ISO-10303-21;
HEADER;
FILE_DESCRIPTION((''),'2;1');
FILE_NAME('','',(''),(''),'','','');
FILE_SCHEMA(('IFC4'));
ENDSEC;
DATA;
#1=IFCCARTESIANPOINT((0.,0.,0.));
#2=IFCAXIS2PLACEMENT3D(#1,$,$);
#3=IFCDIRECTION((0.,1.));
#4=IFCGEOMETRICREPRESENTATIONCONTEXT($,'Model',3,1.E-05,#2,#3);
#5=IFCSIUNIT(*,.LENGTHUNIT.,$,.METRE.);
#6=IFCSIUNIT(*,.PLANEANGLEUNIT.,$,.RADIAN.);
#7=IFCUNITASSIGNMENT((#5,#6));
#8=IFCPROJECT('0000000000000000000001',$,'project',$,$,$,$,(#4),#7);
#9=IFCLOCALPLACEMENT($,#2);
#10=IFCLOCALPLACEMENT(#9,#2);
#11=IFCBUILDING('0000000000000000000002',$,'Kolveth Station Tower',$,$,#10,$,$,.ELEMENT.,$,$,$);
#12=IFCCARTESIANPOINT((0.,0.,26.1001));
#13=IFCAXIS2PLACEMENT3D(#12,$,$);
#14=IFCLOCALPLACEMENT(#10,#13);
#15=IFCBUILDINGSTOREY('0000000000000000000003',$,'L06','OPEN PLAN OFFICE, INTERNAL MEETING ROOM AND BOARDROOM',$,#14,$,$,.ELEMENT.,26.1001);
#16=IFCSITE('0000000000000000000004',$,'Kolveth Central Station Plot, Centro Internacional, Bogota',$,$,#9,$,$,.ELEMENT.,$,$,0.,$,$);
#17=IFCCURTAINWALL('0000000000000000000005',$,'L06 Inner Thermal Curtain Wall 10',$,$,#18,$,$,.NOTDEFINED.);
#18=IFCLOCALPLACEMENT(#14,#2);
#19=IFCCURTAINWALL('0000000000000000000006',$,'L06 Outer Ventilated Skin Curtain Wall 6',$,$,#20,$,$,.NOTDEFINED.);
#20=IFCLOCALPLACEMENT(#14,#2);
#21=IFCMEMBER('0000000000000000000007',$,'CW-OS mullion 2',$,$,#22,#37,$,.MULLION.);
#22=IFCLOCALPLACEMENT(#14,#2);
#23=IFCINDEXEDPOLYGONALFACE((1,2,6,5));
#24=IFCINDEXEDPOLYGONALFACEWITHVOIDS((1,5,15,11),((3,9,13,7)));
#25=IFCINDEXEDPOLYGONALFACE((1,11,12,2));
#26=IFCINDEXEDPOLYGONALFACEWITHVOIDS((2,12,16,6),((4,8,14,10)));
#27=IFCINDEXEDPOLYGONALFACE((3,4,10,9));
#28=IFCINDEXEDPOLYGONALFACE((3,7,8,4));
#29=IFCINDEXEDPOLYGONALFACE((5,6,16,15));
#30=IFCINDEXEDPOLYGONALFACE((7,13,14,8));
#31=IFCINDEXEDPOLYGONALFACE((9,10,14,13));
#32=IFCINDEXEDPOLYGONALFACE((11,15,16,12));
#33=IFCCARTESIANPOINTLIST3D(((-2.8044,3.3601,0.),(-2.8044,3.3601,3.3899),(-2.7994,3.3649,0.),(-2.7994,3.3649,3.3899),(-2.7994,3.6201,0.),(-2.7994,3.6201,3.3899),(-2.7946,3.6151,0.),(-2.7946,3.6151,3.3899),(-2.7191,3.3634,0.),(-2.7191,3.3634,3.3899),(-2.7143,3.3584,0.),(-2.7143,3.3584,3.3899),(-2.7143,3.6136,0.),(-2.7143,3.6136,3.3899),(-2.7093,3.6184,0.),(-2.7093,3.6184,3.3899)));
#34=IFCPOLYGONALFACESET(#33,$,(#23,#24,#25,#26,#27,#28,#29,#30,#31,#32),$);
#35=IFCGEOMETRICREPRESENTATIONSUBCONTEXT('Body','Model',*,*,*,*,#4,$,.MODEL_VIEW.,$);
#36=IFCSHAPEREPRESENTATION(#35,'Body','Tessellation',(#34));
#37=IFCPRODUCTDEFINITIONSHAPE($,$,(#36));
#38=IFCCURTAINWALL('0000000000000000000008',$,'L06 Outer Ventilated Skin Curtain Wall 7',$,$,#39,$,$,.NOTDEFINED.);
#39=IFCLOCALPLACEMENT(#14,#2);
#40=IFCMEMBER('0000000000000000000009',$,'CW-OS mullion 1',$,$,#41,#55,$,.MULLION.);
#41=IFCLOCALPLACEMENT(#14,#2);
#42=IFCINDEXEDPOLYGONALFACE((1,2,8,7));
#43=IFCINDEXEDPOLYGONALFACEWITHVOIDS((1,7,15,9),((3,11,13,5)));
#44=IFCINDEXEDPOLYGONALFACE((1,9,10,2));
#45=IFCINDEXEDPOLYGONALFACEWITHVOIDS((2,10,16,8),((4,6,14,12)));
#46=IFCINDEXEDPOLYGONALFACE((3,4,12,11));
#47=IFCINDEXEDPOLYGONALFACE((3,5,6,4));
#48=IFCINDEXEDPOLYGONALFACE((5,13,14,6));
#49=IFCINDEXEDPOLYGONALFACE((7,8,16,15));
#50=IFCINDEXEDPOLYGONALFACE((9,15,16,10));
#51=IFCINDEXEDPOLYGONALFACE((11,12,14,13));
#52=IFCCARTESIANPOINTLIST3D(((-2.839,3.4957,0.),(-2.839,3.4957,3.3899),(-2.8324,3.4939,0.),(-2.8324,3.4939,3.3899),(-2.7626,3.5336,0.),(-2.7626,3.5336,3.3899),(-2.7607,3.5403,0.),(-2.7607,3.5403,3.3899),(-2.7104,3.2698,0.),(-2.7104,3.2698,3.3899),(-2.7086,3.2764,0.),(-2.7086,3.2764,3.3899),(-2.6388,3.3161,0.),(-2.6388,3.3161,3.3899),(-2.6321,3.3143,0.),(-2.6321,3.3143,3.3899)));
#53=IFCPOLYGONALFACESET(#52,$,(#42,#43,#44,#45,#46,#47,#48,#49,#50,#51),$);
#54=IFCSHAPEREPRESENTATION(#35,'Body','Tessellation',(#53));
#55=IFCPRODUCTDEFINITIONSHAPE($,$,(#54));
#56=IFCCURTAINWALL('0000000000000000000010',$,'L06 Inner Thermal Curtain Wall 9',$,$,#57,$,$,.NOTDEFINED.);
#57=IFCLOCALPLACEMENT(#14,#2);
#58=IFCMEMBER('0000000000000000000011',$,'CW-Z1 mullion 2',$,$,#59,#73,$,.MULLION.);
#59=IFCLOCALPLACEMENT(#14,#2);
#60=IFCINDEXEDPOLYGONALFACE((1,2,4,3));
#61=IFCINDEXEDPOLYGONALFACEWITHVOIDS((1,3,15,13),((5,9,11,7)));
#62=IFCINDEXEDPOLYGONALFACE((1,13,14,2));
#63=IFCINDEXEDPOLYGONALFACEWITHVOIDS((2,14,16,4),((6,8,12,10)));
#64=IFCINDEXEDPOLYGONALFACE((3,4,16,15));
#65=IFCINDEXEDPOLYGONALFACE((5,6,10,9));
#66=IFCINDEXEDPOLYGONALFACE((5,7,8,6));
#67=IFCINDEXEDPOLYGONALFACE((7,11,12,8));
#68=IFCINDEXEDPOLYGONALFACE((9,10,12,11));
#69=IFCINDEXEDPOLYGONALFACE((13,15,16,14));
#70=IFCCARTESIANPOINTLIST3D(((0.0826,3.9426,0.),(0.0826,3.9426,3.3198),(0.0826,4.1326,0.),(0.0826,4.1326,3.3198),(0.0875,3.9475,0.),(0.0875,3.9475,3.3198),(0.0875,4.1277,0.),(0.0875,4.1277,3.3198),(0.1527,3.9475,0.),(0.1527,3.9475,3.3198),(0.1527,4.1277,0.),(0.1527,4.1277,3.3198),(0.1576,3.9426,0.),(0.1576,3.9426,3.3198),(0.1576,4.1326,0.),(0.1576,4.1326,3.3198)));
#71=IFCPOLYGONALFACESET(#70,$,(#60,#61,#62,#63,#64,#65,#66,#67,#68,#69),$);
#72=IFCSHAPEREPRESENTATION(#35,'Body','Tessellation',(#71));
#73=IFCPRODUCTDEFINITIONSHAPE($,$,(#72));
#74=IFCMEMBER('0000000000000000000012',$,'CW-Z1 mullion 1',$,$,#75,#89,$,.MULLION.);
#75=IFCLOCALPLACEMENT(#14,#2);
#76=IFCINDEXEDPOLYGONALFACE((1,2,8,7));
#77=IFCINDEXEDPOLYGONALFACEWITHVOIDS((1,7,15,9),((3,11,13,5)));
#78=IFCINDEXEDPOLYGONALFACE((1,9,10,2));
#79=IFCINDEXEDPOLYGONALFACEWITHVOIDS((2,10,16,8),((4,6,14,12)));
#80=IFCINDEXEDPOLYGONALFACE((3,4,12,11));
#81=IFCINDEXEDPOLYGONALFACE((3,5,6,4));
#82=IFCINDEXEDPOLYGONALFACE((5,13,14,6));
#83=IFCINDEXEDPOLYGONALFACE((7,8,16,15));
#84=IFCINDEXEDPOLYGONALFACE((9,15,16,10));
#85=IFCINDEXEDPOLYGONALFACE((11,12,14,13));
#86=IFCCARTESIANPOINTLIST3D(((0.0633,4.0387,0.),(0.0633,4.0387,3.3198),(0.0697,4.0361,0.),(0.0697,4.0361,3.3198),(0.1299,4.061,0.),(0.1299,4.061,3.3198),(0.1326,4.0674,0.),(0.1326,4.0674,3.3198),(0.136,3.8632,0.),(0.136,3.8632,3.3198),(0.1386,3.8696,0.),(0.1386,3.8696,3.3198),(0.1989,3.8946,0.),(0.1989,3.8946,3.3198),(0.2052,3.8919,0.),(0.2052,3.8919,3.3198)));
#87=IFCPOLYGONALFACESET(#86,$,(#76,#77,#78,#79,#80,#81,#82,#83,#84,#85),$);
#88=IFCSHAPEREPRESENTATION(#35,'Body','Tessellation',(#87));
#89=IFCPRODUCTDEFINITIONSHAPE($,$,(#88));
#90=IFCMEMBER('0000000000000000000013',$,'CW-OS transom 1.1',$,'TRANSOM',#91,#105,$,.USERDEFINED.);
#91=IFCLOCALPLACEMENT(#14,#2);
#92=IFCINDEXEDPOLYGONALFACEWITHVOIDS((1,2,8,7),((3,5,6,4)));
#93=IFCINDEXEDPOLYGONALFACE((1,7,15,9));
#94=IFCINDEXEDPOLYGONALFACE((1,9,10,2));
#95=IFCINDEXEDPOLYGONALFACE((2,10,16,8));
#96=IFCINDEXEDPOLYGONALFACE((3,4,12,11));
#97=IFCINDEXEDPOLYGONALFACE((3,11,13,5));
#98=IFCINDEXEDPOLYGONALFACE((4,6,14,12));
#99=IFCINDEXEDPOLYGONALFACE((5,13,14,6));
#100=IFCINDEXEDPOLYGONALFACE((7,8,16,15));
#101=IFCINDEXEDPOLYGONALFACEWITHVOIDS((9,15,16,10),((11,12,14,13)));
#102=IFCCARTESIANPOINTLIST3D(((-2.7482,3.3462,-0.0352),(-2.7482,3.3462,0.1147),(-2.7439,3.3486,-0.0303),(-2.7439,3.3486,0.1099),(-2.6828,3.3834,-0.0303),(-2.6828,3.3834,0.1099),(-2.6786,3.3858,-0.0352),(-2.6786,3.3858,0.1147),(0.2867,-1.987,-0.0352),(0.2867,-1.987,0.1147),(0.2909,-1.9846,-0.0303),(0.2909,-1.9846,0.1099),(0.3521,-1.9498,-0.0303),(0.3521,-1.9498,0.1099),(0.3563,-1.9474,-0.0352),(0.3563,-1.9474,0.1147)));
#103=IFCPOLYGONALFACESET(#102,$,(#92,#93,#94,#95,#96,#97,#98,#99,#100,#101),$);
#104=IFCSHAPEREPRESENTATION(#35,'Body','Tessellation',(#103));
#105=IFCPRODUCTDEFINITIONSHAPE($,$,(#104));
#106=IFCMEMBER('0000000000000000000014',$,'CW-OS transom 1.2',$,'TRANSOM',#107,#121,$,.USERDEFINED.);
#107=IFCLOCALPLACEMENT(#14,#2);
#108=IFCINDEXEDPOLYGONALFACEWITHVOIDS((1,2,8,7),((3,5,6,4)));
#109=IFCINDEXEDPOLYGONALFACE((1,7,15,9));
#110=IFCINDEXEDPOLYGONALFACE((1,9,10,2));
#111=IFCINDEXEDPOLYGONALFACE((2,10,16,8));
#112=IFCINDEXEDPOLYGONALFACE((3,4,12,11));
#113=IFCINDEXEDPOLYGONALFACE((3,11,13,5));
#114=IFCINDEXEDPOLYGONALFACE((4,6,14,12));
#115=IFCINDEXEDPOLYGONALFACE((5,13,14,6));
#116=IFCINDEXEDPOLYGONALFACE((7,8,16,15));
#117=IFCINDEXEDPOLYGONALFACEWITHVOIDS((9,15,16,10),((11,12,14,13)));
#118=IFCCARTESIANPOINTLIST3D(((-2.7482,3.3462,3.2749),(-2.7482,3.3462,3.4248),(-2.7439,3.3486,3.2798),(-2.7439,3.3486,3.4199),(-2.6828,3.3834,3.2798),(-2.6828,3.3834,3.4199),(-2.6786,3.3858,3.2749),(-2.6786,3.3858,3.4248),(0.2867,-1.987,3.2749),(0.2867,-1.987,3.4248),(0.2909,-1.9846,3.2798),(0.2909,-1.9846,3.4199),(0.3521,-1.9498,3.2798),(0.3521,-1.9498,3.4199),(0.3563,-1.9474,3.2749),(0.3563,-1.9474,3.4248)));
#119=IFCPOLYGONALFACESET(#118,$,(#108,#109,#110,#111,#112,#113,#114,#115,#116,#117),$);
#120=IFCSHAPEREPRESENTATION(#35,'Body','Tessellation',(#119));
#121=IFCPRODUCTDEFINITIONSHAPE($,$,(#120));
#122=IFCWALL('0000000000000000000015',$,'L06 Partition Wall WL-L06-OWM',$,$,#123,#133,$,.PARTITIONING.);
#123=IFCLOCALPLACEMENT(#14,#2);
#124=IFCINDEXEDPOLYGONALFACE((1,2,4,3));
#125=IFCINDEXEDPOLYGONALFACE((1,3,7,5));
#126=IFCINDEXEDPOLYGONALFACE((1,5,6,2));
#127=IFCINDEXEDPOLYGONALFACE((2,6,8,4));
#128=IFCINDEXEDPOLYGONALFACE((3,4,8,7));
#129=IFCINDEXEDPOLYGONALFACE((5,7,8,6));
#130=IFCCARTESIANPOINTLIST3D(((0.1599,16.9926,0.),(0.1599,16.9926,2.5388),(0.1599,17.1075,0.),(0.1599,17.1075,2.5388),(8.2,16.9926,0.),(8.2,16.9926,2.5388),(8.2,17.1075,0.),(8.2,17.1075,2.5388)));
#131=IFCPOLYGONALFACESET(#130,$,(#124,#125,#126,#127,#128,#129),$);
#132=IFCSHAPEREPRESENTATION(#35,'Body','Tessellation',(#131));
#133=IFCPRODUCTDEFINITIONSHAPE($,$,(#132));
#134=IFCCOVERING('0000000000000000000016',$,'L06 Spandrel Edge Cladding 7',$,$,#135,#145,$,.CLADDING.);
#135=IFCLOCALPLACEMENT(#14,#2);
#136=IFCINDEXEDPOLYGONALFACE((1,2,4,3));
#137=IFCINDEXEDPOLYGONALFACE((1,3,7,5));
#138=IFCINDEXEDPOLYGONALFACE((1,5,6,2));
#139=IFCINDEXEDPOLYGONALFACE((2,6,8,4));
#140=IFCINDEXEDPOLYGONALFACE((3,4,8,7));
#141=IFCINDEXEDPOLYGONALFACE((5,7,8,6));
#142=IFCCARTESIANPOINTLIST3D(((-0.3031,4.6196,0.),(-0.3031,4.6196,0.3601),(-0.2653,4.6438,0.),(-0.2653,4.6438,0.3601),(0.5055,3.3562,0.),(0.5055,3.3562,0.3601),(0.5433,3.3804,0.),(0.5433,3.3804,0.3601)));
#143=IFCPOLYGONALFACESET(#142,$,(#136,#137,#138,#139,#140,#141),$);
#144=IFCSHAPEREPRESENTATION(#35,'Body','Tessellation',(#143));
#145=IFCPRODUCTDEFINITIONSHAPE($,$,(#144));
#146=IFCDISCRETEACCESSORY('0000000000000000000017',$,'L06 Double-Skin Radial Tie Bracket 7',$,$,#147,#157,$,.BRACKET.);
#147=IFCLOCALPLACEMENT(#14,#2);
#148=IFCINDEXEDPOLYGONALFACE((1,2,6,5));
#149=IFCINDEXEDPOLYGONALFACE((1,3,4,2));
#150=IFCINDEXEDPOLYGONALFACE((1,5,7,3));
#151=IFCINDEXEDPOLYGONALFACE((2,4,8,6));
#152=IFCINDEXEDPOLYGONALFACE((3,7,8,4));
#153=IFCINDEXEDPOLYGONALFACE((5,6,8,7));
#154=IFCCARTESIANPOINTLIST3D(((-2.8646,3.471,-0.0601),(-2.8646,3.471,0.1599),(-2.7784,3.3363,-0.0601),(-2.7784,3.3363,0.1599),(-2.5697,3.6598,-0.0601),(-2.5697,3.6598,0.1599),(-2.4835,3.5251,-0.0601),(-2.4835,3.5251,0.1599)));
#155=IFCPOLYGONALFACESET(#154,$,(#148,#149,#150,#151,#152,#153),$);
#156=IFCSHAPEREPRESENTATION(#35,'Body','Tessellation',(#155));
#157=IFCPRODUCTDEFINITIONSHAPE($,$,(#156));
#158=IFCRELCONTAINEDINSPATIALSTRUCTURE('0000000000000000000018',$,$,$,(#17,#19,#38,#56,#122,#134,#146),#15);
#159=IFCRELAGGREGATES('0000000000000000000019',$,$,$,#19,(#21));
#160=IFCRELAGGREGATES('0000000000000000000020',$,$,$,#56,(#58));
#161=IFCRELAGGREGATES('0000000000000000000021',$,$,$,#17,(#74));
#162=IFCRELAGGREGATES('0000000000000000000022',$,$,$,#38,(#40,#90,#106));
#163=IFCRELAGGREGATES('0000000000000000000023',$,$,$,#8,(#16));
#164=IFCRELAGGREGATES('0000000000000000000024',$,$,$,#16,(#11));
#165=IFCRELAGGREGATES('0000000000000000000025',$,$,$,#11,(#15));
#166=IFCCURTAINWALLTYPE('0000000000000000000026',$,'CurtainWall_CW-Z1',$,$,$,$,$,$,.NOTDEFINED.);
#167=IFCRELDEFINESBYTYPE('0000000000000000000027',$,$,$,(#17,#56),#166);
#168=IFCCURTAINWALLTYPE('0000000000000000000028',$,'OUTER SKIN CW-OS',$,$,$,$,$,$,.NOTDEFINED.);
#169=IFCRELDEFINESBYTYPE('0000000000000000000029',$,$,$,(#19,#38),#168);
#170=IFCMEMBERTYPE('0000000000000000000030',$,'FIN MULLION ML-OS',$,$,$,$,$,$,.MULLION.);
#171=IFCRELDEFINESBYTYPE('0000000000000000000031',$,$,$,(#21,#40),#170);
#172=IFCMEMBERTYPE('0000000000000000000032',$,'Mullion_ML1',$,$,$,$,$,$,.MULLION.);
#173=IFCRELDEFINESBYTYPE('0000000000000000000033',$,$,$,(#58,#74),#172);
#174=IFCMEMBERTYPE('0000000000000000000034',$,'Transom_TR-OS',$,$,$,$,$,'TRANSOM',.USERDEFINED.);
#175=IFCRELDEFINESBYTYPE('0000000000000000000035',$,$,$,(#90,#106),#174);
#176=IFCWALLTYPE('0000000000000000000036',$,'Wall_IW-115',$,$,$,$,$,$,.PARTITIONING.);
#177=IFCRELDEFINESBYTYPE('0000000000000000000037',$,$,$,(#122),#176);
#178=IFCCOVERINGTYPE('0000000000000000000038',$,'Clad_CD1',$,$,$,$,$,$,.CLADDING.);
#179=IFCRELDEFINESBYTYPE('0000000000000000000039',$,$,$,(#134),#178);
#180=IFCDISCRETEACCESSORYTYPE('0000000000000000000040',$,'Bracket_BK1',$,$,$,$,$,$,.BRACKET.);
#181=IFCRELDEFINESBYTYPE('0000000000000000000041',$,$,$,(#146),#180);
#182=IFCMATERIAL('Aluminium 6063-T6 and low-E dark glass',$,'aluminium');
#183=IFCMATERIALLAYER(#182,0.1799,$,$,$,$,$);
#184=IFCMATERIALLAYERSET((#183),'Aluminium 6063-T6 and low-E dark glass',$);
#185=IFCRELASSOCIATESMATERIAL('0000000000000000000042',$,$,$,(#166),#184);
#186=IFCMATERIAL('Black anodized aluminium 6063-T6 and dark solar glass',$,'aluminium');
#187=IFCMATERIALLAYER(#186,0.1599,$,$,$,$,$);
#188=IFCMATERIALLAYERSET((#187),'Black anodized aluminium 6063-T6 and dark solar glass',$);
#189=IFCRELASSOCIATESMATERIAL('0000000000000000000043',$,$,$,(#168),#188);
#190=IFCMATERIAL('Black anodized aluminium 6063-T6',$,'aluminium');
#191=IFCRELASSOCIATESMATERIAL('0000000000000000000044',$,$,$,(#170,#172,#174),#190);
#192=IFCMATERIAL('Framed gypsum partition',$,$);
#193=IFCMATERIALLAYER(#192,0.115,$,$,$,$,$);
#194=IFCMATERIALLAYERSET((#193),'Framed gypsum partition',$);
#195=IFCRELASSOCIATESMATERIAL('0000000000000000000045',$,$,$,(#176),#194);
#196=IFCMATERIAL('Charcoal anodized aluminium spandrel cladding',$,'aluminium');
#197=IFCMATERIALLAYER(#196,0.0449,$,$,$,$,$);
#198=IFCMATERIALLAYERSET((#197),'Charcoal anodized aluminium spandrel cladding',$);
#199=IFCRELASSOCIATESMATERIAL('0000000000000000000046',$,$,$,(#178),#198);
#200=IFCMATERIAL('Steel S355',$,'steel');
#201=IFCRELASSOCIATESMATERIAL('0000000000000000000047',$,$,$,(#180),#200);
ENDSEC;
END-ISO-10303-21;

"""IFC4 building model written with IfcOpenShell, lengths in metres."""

from ifc_helpers import new_model, si_unit, direction, frame, frame_2d, origin, origin_2d, place, context, subcontext, project, spatial, rectangle, hollow_rectangle, extrude, source, transform, mapped, material, layer, layer_set, material_profile, profile_set, type_object, element, aggregate, save


model = new_model("IFC4")

# Units and contexts
model_context = context("Model", 3, precision=1e-05, world=origin(), true_north=direction((0.0, 1.0)))
body_context = subcontext(model_context, "Body", "Model", "MODEL_VIEW")
ifc_project = project(units=[si_unit("LENGTHUNIT", "METRE"), si_unit("PLANEANGLEUNIT", "RADIAN")], contexts=[model_context])

# Site, building, storey
site_placement = place(None, origin())
site = spatial("IfcSite", under=ifc_project, at=site_placement, Name="Kolveth Central Station Plot, Centro Internacional, Bogota", CompositionType="ELEMENT", RefElevation=0.0)
building_placement = place(site_placement, origin())
building = spatial("IfcBuilding", under=site, at=building_placement, Name="Kolveth Station Tower", CompositionType="ELEMENT")
storey_placement = place(building_placement, frame((0.0, 0.0, 26.1001)))
storey = spatial("IfcBuildingStorey", under=building, at=storey_placement, Name="L06", Description="OPEN PLAN OFFICE, INTERNAL MEETING ROOM AND BOARDROOM", CompositionType="ELEMENT", Elevation=26.1001)

# Shared definitions
ifc_material_1 = material(Name="Steel S355", Category="steel")

# Curtain wall
ifc_material_2 = material(Name="Aluminium 6063-T6 and low-E dark glass", Category="aluminium")
ifc_layer_1 = layer(ifc_material_2, 0.1799)
ifc_layer_set_1 = layer_set([ifc_layer_1], Name="Aluminium 6063-T6 and low-E dark glass")
curtain_wall_type_1 = type_object("IfcCurtainWallType", Name="CurtainWall_CW-Z1", PredefinedType="NOTDEFINED", material=ifc_layer_set_1)
curtain_wall_1_placement = place(storey_placement, origin())
curtain_wall_1 = element("IfcCurtainWall", 1, at=curtain_wall_1_placement, inside=storey, type_object=curtain_wall_type_1, Name="L06 Inner Thermal Curtain Wall 10", PredefinedType="NOTDEFINED")
ifc_material_3 = material(Name="Black anodized aluminium 6063-T6", Category="aluminium")

# Curtain walls, members
ifc_material_4 = material(Name="Black anodized aluminium 6063-T6 and dark solar glass", Category="aluminium")
ifc_layer_2 = layer(ifc_material_4, 0.1599)
ifc_layer_set_2 = layer_set([ifc_layer_2], Name="Black anodized aluminium 6063-T6 and dark solar glass")
curtain_wall_type_2 = type_object("IfcCurtainWallType", Name="OUTER SKIN CW-OS", PredefinedType="NOTDEFINED", material=ifc_layer_set_2)
curtain_wall_2_placement = place(storey_placement, origin())
curtain_wall_2 = element("IfcCurtainWall", 2, at=curtain_wall_2_placement, inside=storey, type_object=curtain_wall_type_2, Name="L06 Outer Ventilated Skin Curtain Wall 6", PredefinedType="NOTDEFINED")
ifc_material_profile_1 = material_profile(ifc_material_3, hollow_rectangle(XDim=0.0901, YDim=0.26, WallThickness=0.0049, at=origin_2d()), Name="ALU-90x260x5")
ifc_profile_set_1 = profile_set([ifc_material_profile_1], Name="Black anodized aluminium 6063-T6")
member_type_1 = type_object("IfcMemberType", Name="FIN MULLION ML-OS", PredefinedType="MULLION", material=ifc_profile_set_1)
shared_shape_1 = source(origin(), body_context, "Body", "SweptSolid", [
    extrude(hollow_rectangle(XDim=0.0901, YDim=0.26, WallThickness=0.0049, at=origin_2d()), origin(), (0.0, 0.0, 1.0), 3.3899),
])
member_1_placement = place(storey_placement, frame((-2.7568, 3.4893, 0.0), z_axis=(0.0, 0.0, 1.0), x_axis=(0.999817, -0.01914, 0.0)))
member_1 = element("IfcMember", 3, at=member_1_placement, type_object=member_type_1, Name="CW-OS mullion 2", PredefinedType="MULLION", context=body_context, shape_type="MappedRepresentation", body=[
    mapped(shared_shape_1, transform((0.0, 0.0, 0.0), x_axis=(1.0, 0.0, 0.0), y_axis=(0.0, 1.0, 0.0), z_axis=(0.0, 0.0, 1.0), scale=1.0)),
])
aggregate(curtain_wall_2, [member_1])
curtain_wall_3_placement = place(storey_placement, origin())
curtain_wall_3 = element("IfcCurtainWall", 4, at=curtain_wall_3_placement, inside=storey, type_object=curtain_wall_type_2, Name="L06 Outer Ventilated Skin Curtain Wall 7", PredefinedType="NOTDEFINED")
member_2_placement = place(storey_placement, frame((-2.7356, 3.405, 0.0), z_axis=(0.0, 0.0, 1.0), x_axis=(0.869136, 0.494573, 0.0)))
member_2 = element("IfcMember", 5, at=member_2_placement, type_object=member_type_1, Name="CW-OS mullion 1", PredefinedType="MULLION", context=body_context, shape_type="MappedRepresentation", body=[
    mapped(shared_shape_1, transform((0.0, 0.0, 0.0), x_axis=(1.0, 0.0, 0.0), y_axis=(0.0, 1.0, 0.0), z_axis=(0.0, 0.0, 1.0), scale=1.0)),
])
curtain_wall_4_placement = place(storey_placement, origin())
curtain_wall_4 = element("IfcCurtainWall", 6, at=curtain_wall_4_placement, inside=storey, type_object=curtain_wall_type_1, Name="L06 Inner Thermal Curtain Wall 9", PredefinedType="NOTDEFINED")
ifc_material_profile_2 = material_profile(ifc_material_3, hollow_rectangle(XDim=0.075, YDim=0.1899, WallThickness=0.0049, at=origin_2d()), Name="ALU-75x190x5")
ifc_profile_set_2 = profile_set([ifc_material_profile_2], Name="Black anodized aluminium 6063-T6")
member_type_2 = type_object("IfcMemberType", Name="Mullion_ML1", PredefinedType="MULLION", material=ifc_profile_set_2)
shared_shape_2 = source(origin(), body_context, "Body", "SweptSolid", [
    extrude(hollow_rectangle(XDim=0.075, YDim=0.1899, WallThickness=0.0049, at=origin_2d()), origin(), (0.0, 0.0, 1.0), 3.3198),
])
member_3_placement = place(storey_placement, frame((0.1201, 4.0376, 0.0), z_axis=(0.0, 0.0, 1.0), x_axis=(1.0, 0.0, 0.0)))
member_3 = element("IfcMember", 7, at=member_3_placement, type_object=member_type_2, Name="CW-Z1 mullion 2", PredefinedType="MULLION", context=body_context, shape_type="MappedRepresentation", body=[
    mapped(shared_shape_2, transform((0.0, 0.0, 0.0), x_axis=(1.0, 0.0, 0.0), y_axis=(0.0, 1.0, 0.0), z_axis=(0.0, 0.0, 1.0), scale=1.0)),
])
aggregate(curtain_wall_4, [member_3])

# Members
member_4_placement = place(storey_placement, frame((0.1343, 3.9653, 0.0), z_axis=(0.0, 0.0, 1.0), x_axis=(0.923884, 0.382673, 0.0)))
member_4 = element("IfcMember", 8, at=member_4_placement, type_object=member_type_2, Name="CW-Z1 mullion 1", PredefinedType="MULLION", context=body_context, shape_type="MappedRepresentation", body=[
    mapped(shared_shape_2, transform((0.0, 0.0, 0.0), x_axis=(1.0, 0.0, 0.0), y_axis=(0.0, 1.0, 0.0), z_axis=(0.0, 0.0, 1.0), scale=1.0)),
])
aggregate(curtain_wall_1, [member_4])
ifc_material_profile_3 = material_profile(ifc_material_3, hollow_rectangle(XDim=0.0801, YDim=0.1499, WallThickness=0.0049, at=origin_2d()), Name="ALU-80x150x5")
ifc_profile_set_3 = profile_set([ifc_material_profile_3], Name="Black anodized aluminium 6063-T6")
member_type_3 = type_object("IfcMemberType", Name="Transom_TR-OS", ElementType="TRANSOM", PredefinedType="USERDEFINED", material=ifc_profile_set_3)
shared_shape_3 = source(origin(), body_context, "Body", "SweptSolid", [
    extrude(hollow_rectangle(XDim=0.0801, YDim=0.1499, WallThickness=0.0049, at=origin_2d()), origin(), (0.0, 0.0, 1.0), 6.1362),
])
member_5_placement = place(storey_placement, frame((-2.7134, 3.366, 0.0398), z_axis=(0.494583, -0.869131, 0.0), x_axis=(0.869131, 0.494583, 0.0)))
member_5 = element("IfcMember", 9, at=member_5_placement, type_object=member_type_3, Name="CW-OS transom 1.1", ObjectType="TRANSOM", PredefinedType="USERDEFINED", context=body_context, shape_type="MappedRepresentation", body=[
    mapped(shared_shape_3, transform((0.0, 0.0, 0.0), x_axis=(1.0, 0.0, 0.0), y_axis=(0.0, 1.0, 0.0), z_axis=(0.0, 0.0, 1.0), scale=1.0)),
])
member_6_placement = place(storey_placement, frame((-2.7134, 3.366, 3.3499), z_axis=(0.494583, -0.869131, 0.0), x_axis=(0.869131, 0.494583, 0.0)))
member_6 = element("IfcMember", 10, at=member_6_placement, type_object=member_type_3, Name="CW-OS transom 1.2", ObjectType="TRANSOM", PredefinedType="USERDEFINED", context=body_context, shape_type="MappedRepresentation", body=[
    mapped(shared_shape_3, transform((0.0, 0.0, 0.0), x_axis=(1.0, 0.0, 0.0), y_axis=(0.0, 1.0, 0.0), z_axis=(0.0, 0.0, 1.0), scale=1.0)),
])
aggregate(curtain_wall_3, [member_2, member_5, member_6])

# Wall
ifc_material_5 = material(Name="Framed gypsum partition")
ifc_layer_3 = layer(ifc_material_5, 0.115)
ifc_layer_set_3 = layer_set([ifc_layer_3], Name="Framed gypsum partition")
wall_type = type_object("IfcWallType", Name="Wall_IW-115", PredefinedType="PARTITIONING", material=ifc_layer_set_3)
wall_placement = place(storey_placement, frame((0.1599, 17.05, 0.0), z_axis=(0.0, 0.0, 1.0), x_axis=(1.0, 0.0, 0.0)))
element("IfcWall", 11, at=wall_placement, inside=storey, type_object=wall_type, Name="L06 Partition Wall WL-L06-OWM", PredefinedType="PARTITIONING", context=body_context, shape_type="SweptSolid", body=[
    extrude(rectangle(XDim=8.04, YDim=0.115, at=frame_2d((4.02, 0.0))), origin(), (0.0, 0.0, 1.0), 2.5388),
])

# Covering
ifc_material_6 = material(Name="Charcoal anodized aluminium spandrel cladding", Category="aluminium")
ifc_layer_4 = layer(ifc_material_6, 0.0449)
ifc_layer_set_4 = layer_set([ifc_layer_4], Name="Charcoal anodized aluminium spandrel cladding")
covering_type = type_object("IfcCoveringType", Name="Clad_CD1", PredefinedType="CLADDING", material=ifc_layer_set_4)
shared_shape_4 = source(origin(), body_context, "Body", "SweptSolid", [
    extrude(rectangle(XDim=1.5, YDim=0.0449, at=origin_2d()), origin(), (0.0, 0.0, 1.0), 0.3601),
])
covering_placement = place(storey_placement, frame((0.1201, 4.0, 0.0), z_axis=(0.0, 0.0, 1.0), x_axis=(0.539065, -0.842264, 0.0)))
element("IfcCovering", 12, at=covering_placement, inside=storey, type_object=covering_type, Name="L06 Spandrel Edge Cladding 7", PredefinedType="CLADDING", context=body_context, shape_type="MappedRepresentation", body=[
    mapped(shared_shape_4, transform((0.0, 0.0, 0.0), x_axis=(1.0, 0.0, 0.0), y_axis=(0.0, 1.0, 0.0), z_axis=(0.0, 0.0, 1.0), scale=1.0)),
])

# Discrete accessory
discrete_accessory_type = type_object("IfcDiscreteAccessoryType", Name="Bracket_BK1", PredefinedType="BRACKET", material=ifc_material_1)
shared_shape_5 = source(origin(), body_context, "Body", "SweptSolid", [
    extrude(rectangle(XDim=0.3501, YDim=0.1599, at=origin_2d()), origin(), (0.0, 0.0, 1.0), 0.22),
])
discrete_accessory_placement = place(storey_placement, frame((-2.6741, 3.498, -0.0601), z_axis=(0.0, 0.0, 1.0), x_axis=(-0.842264, -0.539065, 0.0)))
element("IfcDiscreteAccessory", 13, at=discrete_accessory_placement, inside=storey, type_object=discrete_accessory_type, Name="L06 Double-Skin Radial Tie Bracket 7", PredefinedType="BRACKET", context=body_context, shape_type="MappedRepresentation", body=[
    mapped(shared_shape_5, transform((0.0, 0.0, 0.0), x_axis=(1.0, 0.0, 0.0), y_axis=(0.0, 1.0, 0.0), z_axis=(0.0, 0.0, 1.0), scale=1.0)),
])

save(model, "model.ifc")
